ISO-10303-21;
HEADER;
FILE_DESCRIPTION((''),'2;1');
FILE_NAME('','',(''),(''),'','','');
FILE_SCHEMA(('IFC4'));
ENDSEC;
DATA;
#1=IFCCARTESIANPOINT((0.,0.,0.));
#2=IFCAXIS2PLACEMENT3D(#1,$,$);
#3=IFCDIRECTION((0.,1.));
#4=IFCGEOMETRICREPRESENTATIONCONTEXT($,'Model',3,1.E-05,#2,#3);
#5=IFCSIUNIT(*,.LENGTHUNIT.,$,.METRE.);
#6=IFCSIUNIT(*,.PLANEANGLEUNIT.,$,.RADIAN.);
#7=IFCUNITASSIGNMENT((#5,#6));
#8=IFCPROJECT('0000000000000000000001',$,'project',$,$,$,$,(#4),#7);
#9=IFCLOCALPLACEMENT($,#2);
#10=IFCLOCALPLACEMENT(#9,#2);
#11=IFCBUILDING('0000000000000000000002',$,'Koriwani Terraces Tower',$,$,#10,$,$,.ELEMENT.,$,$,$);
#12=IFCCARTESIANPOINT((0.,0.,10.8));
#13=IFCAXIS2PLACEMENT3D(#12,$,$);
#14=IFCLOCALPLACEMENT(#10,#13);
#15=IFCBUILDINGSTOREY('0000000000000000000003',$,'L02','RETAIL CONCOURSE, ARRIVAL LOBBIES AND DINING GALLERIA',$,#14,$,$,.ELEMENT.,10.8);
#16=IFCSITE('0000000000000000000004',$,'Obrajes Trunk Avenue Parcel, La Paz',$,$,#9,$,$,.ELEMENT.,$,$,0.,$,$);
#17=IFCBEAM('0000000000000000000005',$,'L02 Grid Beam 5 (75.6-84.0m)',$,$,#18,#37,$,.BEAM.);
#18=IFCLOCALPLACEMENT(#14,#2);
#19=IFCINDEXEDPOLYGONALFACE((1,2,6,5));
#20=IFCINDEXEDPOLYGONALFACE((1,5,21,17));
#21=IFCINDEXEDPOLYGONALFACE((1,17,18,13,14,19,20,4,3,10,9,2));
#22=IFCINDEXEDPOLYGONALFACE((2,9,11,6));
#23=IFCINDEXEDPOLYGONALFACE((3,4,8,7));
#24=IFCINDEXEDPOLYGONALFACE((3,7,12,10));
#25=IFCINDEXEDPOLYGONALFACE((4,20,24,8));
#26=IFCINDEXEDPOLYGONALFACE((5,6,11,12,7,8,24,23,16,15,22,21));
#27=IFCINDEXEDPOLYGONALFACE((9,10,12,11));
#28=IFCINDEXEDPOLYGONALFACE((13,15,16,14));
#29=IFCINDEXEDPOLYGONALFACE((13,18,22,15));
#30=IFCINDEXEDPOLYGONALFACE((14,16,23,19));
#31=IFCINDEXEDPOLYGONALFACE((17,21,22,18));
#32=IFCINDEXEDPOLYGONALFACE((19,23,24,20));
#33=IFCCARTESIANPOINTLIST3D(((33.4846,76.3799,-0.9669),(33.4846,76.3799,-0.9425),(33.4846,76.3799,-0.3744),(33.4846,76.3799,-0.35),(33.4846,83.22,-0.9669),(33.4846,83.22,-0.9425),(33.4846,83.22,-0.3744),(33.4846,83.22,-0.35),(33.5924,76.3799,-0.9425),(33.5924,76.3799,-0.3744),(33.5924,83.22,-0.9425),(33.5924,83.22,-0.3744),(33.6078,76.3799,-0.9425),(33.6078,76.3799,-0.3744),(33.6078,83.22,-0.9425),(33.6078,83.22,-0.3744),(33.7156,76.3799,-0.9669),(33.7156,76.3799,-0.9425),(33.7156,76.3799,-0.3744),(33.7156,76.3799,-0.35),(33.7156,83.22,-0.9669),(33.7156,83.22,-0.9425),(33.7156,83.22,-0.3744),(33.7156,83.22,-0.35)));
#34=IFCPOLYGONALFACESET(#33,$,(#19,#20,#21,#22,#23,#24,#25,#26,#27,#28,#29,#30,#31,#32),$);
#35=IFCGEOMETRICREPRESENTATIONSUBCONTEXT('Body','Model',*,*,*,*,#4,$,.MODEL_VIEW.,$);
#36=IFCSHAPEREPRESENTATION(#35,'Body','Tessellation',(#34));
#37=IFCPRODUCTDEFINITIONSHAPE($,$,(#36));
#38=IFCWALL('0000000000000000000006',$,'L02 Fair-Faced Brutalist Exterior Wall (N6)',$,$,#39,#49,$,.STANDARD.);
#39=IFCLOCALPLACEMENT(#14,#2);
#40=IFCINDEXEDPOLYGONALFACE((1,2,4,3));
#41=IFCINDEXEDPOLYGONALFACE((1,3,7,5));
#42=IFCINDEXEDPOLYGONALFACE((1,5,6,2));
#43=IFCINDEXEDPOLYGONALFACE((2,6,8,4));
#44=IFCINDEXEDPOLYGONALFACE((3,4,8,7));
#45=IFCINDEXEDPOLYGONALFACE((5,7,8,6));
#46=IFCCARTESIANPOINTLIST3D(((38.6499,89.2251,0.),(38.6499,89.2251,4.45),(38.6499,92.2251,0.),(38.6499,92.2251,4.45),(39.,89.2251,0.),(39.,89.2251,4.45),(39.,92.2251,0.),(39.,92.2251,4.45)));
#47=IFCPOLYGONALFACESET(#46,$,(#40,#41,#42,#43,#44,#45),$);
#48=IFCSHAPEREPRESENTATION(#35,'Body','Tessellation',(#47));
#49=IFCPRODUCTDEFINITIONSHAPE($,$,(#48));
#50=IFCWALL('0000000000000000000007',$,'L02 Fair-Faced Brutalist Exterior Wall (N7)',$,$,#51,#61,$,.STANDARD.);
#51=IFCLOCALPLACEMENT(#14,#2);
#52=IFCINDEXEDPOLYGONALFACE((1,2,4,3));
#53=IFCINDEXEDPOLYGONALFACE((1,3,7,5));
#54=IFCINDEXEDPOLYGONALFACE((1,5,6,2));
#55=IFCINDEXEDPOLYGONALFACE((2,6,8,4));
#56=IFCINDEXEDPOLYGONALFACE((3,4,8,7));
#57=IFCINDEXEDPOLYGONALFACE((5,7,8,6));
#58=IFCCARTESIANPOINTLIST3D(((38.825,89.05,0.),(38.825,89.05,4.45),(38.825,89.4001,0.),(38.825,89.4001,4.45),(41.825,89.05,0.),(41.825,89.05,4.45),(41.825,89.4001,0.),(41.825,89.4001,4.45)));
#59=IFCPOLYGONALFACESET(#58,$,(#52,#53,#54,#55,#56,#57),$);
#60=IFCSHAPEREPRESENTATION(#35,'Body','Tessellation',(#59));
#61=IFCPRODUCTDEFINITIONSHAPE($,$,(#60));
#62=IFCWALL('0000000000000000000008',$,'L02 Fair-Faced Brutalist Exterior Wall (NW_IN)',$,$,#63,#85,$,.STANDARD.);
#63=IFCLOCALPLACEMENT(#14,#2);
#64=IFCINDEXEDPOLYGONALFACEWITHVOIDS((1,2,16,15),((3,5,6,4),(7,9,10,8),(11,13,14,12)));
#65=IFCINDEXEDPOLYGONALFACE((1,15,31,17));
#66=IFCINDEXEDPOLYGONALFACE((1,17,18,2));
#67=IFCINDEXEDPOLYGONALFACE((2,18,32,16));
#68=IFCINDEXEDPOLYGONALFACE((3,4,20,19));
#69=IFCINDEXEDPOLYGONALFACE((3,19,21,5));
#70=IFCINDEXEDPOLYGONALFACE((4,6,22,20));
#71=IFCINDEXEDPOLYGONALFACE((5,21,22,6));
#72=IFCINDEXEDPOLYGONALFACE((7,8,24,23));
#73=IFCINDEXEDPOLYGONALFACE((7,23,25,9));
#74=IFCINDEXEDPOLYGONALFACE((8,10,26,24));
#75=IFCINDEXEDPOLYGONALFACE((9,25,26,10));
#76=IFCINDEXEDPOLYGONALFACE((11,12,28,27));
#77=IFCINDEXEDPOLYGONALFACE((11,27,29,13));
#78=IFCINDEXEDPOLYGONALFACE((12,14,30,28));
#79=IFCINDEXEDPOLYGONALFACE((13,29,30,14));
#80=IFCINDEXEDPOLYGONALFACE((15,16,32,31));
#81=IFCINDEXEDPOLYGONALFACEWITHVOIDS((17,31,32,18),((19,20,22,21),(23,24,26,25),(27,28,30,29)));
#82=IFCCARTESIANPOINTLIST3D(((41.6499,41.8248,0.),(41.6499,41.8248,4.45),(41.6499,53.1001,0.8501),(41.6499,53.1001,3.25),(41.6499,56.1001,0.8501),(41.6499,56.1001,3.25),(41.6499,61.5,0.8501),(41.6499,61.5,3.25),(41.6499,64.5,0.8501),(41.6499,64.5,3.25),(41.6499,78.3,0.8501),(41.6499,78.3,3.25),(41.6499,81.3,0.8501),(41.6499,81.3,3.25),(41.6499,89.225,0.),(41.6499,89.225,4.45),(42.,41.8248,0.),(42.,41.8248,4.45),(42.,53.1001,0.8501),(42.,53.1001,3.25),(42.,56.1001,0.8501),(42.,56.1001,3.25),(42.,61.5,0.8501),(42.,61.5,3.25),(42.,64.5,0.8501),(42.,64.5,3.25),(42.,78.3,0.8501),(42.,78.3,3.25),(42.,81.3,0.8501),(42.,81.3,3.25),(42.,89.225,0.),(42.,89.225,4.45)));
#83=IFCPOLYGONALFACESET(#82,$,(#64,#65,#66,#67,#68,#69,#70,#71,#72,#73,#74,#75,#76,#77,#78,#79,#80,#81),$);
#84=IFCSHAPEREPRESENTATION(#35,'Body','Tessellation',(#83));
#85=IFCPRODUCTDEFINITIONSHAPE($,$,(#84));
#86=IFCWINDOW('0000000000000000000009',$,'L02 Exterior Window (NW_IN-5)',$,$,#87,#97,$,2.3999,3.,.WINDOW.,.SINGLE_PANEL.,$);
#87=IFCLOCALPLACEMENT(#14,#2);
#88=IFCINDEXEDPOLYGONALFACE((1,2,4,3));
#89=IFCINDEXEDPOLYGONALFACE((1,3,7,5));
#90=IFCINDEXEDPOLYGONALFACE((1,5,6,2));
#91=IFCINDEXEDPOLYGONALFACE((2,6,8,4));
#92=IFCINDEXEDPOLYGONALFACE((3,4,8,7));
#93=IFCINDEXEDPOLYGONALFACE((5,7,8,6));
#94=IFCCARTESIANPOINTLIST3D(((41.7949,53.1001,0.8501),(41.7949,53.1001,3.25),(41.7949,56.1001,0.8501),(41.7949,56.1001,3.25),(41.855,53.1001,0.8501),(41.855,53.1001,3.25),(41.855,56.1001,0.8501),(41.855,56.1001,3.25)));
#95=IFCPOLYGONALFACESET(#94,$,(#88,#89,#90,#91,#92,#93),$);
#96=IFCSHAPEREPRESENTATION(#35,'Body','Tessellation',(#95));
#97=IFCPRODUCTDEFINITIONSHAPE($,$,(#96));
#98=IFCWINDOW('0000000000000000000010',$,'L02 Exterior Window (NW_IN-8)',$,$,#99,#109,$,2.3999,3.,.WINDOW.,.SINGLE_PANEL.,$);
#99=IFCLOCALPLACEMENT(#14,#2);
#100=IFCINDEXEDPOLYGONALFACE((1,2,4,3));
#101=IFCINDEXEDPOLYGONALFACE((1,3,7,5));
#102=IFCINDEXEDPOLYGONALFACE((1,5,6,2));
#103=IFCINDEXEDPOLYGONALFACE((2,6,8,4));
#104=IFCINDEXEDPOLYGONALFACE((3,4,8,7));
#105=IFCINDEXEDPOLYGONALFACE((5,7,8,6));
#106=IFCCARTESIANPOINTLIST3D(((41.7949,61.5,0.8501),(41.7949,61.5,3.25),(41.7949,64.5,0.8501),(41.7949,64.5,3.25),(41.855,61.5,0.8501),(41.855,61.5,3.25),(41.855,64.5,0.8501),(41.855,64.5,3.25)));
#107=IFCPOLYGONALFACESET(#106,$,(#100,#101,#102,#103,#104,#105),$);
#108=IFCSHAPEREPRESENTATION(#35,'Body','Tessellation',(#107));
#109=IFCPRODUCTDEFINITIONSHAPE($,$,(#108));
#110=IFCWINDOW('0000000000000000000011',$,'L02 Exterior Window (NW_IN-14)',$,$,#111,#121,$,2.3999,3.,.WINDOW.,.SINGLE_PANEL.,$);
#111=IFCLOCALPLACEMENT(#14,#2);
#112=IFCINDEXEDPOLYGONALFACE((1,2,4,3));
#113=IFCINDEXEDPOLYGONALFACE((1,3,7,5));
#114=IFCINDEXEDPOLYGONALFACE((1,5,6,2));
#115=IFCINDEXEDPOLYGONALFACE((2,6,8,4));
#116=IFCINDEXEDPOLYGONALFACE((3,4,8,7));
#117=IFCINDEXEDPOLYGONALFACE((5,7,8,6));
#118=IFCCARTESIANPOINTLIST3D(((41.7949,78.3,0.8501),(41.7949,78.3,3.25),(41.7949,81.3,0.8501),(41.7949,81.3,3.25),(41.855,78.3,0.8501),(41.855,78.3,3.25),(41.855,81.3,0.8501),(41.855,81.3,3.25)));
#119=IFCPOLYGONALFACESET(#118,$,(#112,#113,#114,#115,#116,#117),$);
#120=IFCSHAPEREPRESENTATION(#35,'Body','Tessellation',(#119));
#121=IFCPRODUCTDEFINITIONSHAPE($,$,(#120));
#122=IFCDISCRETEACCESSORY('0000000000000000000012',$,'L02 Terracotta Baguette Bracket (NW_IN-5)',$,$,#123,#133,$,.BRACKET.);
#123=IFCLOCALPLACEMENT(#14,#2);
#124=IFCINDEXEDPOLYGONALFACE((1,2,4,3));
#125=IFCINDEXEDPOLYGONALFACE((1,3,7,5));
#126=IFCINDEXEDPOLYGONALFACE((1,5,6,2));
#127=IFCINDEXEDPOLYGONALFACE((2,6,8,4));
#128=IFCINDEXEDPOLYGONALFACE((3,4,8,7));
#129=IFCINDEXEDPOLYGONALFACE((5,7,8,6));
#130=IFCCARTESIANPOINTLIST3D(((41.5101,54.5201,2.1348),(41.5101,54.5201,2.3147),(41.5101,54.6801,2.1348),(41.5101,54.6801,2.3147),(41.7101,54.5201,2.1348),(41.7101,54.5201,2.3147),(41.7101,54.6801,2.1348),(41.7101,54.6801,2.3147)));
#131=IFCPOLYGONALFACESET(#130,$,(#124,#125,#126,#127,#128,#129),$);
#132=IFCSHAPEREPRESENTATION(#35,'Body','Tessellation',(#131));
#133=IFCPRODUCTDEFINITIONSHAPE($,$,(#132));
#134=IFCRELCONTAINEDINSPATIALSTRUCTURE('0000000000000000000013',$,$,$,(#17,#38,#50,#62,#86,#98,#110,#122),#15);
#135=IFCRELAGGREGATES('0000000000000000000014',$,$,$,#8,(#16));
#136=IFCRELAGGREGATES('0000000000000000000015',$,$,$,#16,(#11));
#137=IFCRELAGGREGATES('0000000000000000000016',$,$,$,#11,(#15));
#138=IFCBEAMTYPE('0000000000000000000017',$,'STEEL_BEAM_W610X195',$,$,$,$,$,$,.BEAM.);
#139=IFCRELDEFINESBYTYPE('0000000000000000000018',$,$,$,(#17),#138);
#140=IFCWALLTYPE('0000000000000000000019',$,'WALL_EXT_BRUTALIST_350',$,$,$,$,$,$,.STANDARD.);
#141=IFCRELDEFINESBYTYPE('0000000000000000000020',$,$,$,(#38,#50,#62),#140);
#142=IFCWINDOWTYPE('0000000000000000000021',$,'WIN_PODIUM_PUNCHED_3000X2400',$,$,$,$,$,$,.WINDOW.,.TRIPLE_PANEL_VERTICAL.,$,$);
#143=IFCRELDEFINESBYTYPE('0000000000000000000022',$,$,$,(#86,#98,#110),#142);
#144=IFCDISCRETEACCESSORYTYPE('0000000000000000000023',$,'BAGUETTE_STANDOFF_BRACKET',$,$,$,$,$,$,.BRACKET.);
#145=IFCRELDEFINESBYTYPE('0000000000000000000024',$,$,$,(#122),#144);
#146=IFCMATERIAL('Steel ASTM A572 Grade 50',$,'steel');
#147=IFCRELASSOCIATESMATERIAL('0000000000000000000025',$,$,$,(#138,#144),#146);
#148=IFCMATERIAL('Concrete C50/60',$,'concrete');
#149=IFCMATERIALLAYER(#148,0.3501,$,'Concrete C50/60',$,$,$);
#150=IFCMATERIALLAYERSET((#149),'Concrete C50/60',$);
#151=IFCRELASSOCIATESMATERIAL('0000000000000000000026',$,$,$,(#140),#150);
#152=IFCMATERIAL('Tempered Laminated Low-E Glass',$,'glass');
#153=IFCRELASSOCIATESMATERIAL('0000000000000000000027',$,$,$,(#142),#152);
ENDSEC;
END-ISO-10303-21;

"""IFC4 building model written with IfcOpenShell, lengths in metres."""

from ifc_helpers import new_model, si_unit, direction, frame, frame_2d, origin, origin_2d, place, context, subcontext, project, spatial, rectangle, i_section, extrude, material, layer, layer_set, material_profile, profile_set, type_object, element, fill, save


model = new_model("IFC4")

# Units and contexts
model_context = context("Model", 3, precision=1e-05, world=origin(), true_north=direction((0.0, 1.0)))
body_context = subcontext(model_context, "Body", "Model", "MODEL_VIEW")
ifc_project = project(units=[si_unit("LENGTHUNIT", "METRE"), si_unit("PLANEANGLEUNIT", "RADIAN")], contexts=[model_context])

# Site, building, storey
site_placement = place(None, origin())
site = spatial("IfcSite", under=ifc_project, at=site_placement, Name="Obrajes Trunk Avenue Parcel, La Paz", CompositionType="ELEMENT", RefElevation=0.0)
building_placement = place(site_placement, origin())
building = spatial("IfcBuilding", under=site, at=building_placement, Name="Koriwani Terraces Tower", CompositionType="ELEMENT")
storey_placement = place(building_placement, frame((0.0, 0.0, 10.8)))
storey = spatial("IfcBuildingStorey", under=building, at=storey_placement, Name="L02", Description="RETAIL CONCOURSE, ARRIVAL LOBBIES AND DINING GALLERIA", CompositionType="ELEMENT", Elevation=10.8)

# Beam
ifc_material_1 = material(Name="Steel ASTM A572 Grade 50", Category="steel")
ifc_material_profile_1 = material_profile(ifc_material_1, i_section(OverallWidth=0.231, OverallDepth=0.6169, WebThickness=0.0154, FlangeThickness=0.0244, at=origin_2d()), Name="Steel ASTM A572 Grade 50", Category="LoadBearing")
ifc_profile_set_1 = profile_set([ifc_material_profile_1], Name="Steel ASTM A572 Grade 50")
beam_type_1 = type_object("IfcBeamType", Name="STEEL_BEAM_W610X195", PredefinedType="BEAM", material=ifc_profile_set_1)
beam_1_placement = place(storey_placement, frame((33.6001, 76.3799, -0.6584), z_axis=(0.0, 1.0, 0.0), x_axis=(-1.0, 0.0, 0.0)))
element("IfcBeam", 1, at=beam_1_placement, inside=storey, type_object=beam_type_1, Name="L02 Grid Beam 5 (75.6-84.0m)", PredefinedType="BEAM", context=body_context, shape_type="SweptSolid", body=[
    extrude(i_section(OverallWidth=0.231, OverallDepth=0.6169, WebThickness=0.0154, FlangeThickness=0.0244, at=origin_2d()), origin(), (0.0, 0.0, 1.0), 6.8401),
])

# Walls
ifc_material_2 = material(Name="Concrete C50/60", Category="concrete")
ifc_layer = layer(ifc_material_2, 0.3501, Name="Concrete C50/60")
ifc_layer_set = layer_set([ifc_layer], Name="Concrete C50/60")
wall_type = type_object("IfcWallType", Name="WALL_EXT_BRUTALIST_350", PredefinedType="STANDARD", material=ifc_layer_set)
for number, where, z_axis, x_axis, name in (
    (2, (38.825, 92.2251, 0.0), (0.0, 0.0, 1.0), (0.0, -1.0, 0.0), "L02 Fair-Faced Brutalist Exterior Wall (N6)"),
    (3, (38.825, 89.2251, 0.0), (0.0, 0.0, 1.0), (1.0, 0.0, 0.0), "L02 Fair-Faced Brutalist Exterior Wall (N7)"),
):
    element("IfcWall", number, at=place(storey_placement, frame(where, z_axis=z_axis, x_axis=x_axis)), inside=storey, type_object=wall_type, Name=name, PredefinedType="STANDARD", context=body_context, shape_type="SweptSolid", body=[
        extrude(rectangle(XDim=3.0, YDim=0.3501, at=frame_2d((1.5, 0.0))), origin(), (0.0, 0.0, 1.0), 4.45),
    ])

# Wall, openings, windows
wall_placement = place(storey_placement, frame((41.825, 89.2251, 0.0), z_axis=(0.0, 0.0, 1.0), x_axis=(0.0, -1.0, 0.0)))
wall = element("IfcWall", 4, at=wall_placement, inside=storey, type_object=wall_type, Name="L02 Fair-Faced Brutalist Exterior Wall (NW_IN)", PredefinedType="STANDARD", context=body_context, shape_type="SweptSolid", body=[
    extrude(rectangle(XDim=47.4001, YDim=0.3501, at=frame_2d((23.7002, 0.0))), origin(), (0.0, 0.0, 1.0), 4.45),
])
opening_1_placement = place(wall_placement, frame((33.125, 0.0, 0.8501)))
opening_1 = element("IfcOpeningElement", 5, at=opening_1_placement, cuts=wall, PredefinedType="OPENING", context=body_context, shape_type="SweptSolid", body=[
    extrude(rectangle(XDim=3.0, YDim=2.3999, at=frame_2d((1.5, 1.2))), frame((0.0, 0.1851, 0.0), z_axis=(0.0, -1.0, 0.0), x_axis=(1.0, 0.0, 0.0)), (0.0, 0.0, 1.0), 0.3701),
])
opening_2_placement = place(wall_placement, frame((24.7251, 0.0, 0.8501)))
opening_2 = element("IfcOpeningElement", 6, at=opening_2_placement, cuts=wall, PredefinedType="OPENING", context=body_context, shape_type="SweptSolid", body=[
    extrude(rectangle(XDim=3.0, YDim=2.3999, at=frame_2d((1.5, 1.2))), frame((0.0, 0.1851, 0.0), z_axis=(0.0, -1.0, 0.0), x_axis=(1.0, 0.0, 0.0)), (0.0, 0.0, 1.0), 0.3701),
])
opening_3_placement = place(wall_placement, frame((7.925, 0.0, 0.8501)))
opening_3 = element("IfcOpeningElement", 7, at=opening_3_placement, cuts=wall, PredefinedType="OPENING", context=body_context, shape_type="SweptSolid", body=[
    extrude(rectangle(XDim=3.0, YDim=2.3999, at=frame_2d((1.5, 1.2))), frame((0.0, 0.1851, 0.0), z_axis=(0.0, -1.0, 0.0), x_axis=(1.0, 0.0, 0.0)), (0.0, 0.0, 1.0), 0.3701),
])
ifc_material_3 = material(Name="Tempered Laminated Low-E Glass", Category="glass")
window_type = type_object("IfcWindowType", Name="WIN_PODIUM_PUNCHED_3000X2400", PartitioningType="TRIPLE_PANEL_VERTICAL", PredefinedType="WINDOW", material=ifc_material_3)
window_1_placement = place(opening_1_placement, origin())
window_1 = element("IfcWindow", 8, at=window_1_placement, inside=storey, type_object=window_type, Name="L02 Exterior Window (NW_IN-5)", OverallHeight=2.3999, OverallWidth=3.0, PartitioningType="SINGLE_PANEL", PredefinedType="WINDOW", context=body_context, shape_type="SweptSolid", body=[
    extrude(rectangle(XDim=3.0, YDim=2.3999, at=frame_2d((1.5, 1.2))), frame((0.0, 0.03, 0.0), z_axis=(0.0, -1.0, 0.0), x_axis=(1.0, 0.0, 0.0)), (0.0, 0.0, 1.0), 0.0601),
])
fill(opening_1, window_1)
window_2_placement = place(opening_2_placement, origin())
window_2 = element("IfcWindow", 9, at=window_2_placement, inside=storey, type_object=window_type, Name="L02 Exterior Window (NW_IN-8)", OverallHeight=2.3999, OverallWidth=3.0, PartitioningType="SINGLE_PANEL", PredefinedType="WINDOW", context=body_context, shape_type="SweptSolid", body=[
    extrude(rectangle(XDim=3.0, YDim=2.3999, at=frame_2d((1.5, 1.2))), frame((0.0, 0.03, 0.0), z_axis=(0.0, -1.0, 0.0), x_axis=(1.0, 0.0, 0.0)), (0.0, 0.0, 1.0), 0.0601),
])
fill(opening_2, window_2)
window_3_placement = place(opening_3_placement, origin())
window_3 = element("IfcWindow", 10, at=window_3_placement, inside=storey, type_object=window_type, Name="L02 Exterior Window (NW_IN-14)", OverallHeight=2.3999, OverallWidth=3.0, PartitioningType="SINGLE_PANEL", PredefinedType="WINDOW", context=body_context, shape_type="SweptSolid", body=[
    extrude(rectangle(XDim=3.0, YDim=2.3999, at=frame_2d((1.5, 1.2))), frame((0.0, 0.03, 0.0), z_axis=(0.0, -1.0, 0.0), x_axis=(1.0, 0.0, 0.0)), (0.0, 0.0, 1.0), 0.0601),
])
fill(opening_3, window_3)

# Discrete accessory
discrete_accessory_type = type_object("IfcDiscreteAccessoryType", Name="BAGUETTE_STANDOFF_BRACKET", PredefinedType="BRACKET", material=ifc_material_1)
discrete_accessory_placement = place(storey_placement, frame((41.6101, 54.6001, 2.1348), z_axis=(0.0, 0.0, 1.0), x_axis=(0.0, -1.0, 0.0)))
element("IfcDiscreteAccessory", 11, at=discrete_accessory_placement, inside=storey, type_object=discrete_accessory_type, Name="L02 Terracotta Baguette Bracket (NW_IN-5)", PredefinedType="BRACKET", context=body_context, shape_type="SweptSolid", body=[
    extrude(rectangle(XDim=0.1599, YDim=0.2, at=origin_2d()), origin(), (0.0, 0.0, 1.0), 0.1799),
])

save(model, "model.ifc")
